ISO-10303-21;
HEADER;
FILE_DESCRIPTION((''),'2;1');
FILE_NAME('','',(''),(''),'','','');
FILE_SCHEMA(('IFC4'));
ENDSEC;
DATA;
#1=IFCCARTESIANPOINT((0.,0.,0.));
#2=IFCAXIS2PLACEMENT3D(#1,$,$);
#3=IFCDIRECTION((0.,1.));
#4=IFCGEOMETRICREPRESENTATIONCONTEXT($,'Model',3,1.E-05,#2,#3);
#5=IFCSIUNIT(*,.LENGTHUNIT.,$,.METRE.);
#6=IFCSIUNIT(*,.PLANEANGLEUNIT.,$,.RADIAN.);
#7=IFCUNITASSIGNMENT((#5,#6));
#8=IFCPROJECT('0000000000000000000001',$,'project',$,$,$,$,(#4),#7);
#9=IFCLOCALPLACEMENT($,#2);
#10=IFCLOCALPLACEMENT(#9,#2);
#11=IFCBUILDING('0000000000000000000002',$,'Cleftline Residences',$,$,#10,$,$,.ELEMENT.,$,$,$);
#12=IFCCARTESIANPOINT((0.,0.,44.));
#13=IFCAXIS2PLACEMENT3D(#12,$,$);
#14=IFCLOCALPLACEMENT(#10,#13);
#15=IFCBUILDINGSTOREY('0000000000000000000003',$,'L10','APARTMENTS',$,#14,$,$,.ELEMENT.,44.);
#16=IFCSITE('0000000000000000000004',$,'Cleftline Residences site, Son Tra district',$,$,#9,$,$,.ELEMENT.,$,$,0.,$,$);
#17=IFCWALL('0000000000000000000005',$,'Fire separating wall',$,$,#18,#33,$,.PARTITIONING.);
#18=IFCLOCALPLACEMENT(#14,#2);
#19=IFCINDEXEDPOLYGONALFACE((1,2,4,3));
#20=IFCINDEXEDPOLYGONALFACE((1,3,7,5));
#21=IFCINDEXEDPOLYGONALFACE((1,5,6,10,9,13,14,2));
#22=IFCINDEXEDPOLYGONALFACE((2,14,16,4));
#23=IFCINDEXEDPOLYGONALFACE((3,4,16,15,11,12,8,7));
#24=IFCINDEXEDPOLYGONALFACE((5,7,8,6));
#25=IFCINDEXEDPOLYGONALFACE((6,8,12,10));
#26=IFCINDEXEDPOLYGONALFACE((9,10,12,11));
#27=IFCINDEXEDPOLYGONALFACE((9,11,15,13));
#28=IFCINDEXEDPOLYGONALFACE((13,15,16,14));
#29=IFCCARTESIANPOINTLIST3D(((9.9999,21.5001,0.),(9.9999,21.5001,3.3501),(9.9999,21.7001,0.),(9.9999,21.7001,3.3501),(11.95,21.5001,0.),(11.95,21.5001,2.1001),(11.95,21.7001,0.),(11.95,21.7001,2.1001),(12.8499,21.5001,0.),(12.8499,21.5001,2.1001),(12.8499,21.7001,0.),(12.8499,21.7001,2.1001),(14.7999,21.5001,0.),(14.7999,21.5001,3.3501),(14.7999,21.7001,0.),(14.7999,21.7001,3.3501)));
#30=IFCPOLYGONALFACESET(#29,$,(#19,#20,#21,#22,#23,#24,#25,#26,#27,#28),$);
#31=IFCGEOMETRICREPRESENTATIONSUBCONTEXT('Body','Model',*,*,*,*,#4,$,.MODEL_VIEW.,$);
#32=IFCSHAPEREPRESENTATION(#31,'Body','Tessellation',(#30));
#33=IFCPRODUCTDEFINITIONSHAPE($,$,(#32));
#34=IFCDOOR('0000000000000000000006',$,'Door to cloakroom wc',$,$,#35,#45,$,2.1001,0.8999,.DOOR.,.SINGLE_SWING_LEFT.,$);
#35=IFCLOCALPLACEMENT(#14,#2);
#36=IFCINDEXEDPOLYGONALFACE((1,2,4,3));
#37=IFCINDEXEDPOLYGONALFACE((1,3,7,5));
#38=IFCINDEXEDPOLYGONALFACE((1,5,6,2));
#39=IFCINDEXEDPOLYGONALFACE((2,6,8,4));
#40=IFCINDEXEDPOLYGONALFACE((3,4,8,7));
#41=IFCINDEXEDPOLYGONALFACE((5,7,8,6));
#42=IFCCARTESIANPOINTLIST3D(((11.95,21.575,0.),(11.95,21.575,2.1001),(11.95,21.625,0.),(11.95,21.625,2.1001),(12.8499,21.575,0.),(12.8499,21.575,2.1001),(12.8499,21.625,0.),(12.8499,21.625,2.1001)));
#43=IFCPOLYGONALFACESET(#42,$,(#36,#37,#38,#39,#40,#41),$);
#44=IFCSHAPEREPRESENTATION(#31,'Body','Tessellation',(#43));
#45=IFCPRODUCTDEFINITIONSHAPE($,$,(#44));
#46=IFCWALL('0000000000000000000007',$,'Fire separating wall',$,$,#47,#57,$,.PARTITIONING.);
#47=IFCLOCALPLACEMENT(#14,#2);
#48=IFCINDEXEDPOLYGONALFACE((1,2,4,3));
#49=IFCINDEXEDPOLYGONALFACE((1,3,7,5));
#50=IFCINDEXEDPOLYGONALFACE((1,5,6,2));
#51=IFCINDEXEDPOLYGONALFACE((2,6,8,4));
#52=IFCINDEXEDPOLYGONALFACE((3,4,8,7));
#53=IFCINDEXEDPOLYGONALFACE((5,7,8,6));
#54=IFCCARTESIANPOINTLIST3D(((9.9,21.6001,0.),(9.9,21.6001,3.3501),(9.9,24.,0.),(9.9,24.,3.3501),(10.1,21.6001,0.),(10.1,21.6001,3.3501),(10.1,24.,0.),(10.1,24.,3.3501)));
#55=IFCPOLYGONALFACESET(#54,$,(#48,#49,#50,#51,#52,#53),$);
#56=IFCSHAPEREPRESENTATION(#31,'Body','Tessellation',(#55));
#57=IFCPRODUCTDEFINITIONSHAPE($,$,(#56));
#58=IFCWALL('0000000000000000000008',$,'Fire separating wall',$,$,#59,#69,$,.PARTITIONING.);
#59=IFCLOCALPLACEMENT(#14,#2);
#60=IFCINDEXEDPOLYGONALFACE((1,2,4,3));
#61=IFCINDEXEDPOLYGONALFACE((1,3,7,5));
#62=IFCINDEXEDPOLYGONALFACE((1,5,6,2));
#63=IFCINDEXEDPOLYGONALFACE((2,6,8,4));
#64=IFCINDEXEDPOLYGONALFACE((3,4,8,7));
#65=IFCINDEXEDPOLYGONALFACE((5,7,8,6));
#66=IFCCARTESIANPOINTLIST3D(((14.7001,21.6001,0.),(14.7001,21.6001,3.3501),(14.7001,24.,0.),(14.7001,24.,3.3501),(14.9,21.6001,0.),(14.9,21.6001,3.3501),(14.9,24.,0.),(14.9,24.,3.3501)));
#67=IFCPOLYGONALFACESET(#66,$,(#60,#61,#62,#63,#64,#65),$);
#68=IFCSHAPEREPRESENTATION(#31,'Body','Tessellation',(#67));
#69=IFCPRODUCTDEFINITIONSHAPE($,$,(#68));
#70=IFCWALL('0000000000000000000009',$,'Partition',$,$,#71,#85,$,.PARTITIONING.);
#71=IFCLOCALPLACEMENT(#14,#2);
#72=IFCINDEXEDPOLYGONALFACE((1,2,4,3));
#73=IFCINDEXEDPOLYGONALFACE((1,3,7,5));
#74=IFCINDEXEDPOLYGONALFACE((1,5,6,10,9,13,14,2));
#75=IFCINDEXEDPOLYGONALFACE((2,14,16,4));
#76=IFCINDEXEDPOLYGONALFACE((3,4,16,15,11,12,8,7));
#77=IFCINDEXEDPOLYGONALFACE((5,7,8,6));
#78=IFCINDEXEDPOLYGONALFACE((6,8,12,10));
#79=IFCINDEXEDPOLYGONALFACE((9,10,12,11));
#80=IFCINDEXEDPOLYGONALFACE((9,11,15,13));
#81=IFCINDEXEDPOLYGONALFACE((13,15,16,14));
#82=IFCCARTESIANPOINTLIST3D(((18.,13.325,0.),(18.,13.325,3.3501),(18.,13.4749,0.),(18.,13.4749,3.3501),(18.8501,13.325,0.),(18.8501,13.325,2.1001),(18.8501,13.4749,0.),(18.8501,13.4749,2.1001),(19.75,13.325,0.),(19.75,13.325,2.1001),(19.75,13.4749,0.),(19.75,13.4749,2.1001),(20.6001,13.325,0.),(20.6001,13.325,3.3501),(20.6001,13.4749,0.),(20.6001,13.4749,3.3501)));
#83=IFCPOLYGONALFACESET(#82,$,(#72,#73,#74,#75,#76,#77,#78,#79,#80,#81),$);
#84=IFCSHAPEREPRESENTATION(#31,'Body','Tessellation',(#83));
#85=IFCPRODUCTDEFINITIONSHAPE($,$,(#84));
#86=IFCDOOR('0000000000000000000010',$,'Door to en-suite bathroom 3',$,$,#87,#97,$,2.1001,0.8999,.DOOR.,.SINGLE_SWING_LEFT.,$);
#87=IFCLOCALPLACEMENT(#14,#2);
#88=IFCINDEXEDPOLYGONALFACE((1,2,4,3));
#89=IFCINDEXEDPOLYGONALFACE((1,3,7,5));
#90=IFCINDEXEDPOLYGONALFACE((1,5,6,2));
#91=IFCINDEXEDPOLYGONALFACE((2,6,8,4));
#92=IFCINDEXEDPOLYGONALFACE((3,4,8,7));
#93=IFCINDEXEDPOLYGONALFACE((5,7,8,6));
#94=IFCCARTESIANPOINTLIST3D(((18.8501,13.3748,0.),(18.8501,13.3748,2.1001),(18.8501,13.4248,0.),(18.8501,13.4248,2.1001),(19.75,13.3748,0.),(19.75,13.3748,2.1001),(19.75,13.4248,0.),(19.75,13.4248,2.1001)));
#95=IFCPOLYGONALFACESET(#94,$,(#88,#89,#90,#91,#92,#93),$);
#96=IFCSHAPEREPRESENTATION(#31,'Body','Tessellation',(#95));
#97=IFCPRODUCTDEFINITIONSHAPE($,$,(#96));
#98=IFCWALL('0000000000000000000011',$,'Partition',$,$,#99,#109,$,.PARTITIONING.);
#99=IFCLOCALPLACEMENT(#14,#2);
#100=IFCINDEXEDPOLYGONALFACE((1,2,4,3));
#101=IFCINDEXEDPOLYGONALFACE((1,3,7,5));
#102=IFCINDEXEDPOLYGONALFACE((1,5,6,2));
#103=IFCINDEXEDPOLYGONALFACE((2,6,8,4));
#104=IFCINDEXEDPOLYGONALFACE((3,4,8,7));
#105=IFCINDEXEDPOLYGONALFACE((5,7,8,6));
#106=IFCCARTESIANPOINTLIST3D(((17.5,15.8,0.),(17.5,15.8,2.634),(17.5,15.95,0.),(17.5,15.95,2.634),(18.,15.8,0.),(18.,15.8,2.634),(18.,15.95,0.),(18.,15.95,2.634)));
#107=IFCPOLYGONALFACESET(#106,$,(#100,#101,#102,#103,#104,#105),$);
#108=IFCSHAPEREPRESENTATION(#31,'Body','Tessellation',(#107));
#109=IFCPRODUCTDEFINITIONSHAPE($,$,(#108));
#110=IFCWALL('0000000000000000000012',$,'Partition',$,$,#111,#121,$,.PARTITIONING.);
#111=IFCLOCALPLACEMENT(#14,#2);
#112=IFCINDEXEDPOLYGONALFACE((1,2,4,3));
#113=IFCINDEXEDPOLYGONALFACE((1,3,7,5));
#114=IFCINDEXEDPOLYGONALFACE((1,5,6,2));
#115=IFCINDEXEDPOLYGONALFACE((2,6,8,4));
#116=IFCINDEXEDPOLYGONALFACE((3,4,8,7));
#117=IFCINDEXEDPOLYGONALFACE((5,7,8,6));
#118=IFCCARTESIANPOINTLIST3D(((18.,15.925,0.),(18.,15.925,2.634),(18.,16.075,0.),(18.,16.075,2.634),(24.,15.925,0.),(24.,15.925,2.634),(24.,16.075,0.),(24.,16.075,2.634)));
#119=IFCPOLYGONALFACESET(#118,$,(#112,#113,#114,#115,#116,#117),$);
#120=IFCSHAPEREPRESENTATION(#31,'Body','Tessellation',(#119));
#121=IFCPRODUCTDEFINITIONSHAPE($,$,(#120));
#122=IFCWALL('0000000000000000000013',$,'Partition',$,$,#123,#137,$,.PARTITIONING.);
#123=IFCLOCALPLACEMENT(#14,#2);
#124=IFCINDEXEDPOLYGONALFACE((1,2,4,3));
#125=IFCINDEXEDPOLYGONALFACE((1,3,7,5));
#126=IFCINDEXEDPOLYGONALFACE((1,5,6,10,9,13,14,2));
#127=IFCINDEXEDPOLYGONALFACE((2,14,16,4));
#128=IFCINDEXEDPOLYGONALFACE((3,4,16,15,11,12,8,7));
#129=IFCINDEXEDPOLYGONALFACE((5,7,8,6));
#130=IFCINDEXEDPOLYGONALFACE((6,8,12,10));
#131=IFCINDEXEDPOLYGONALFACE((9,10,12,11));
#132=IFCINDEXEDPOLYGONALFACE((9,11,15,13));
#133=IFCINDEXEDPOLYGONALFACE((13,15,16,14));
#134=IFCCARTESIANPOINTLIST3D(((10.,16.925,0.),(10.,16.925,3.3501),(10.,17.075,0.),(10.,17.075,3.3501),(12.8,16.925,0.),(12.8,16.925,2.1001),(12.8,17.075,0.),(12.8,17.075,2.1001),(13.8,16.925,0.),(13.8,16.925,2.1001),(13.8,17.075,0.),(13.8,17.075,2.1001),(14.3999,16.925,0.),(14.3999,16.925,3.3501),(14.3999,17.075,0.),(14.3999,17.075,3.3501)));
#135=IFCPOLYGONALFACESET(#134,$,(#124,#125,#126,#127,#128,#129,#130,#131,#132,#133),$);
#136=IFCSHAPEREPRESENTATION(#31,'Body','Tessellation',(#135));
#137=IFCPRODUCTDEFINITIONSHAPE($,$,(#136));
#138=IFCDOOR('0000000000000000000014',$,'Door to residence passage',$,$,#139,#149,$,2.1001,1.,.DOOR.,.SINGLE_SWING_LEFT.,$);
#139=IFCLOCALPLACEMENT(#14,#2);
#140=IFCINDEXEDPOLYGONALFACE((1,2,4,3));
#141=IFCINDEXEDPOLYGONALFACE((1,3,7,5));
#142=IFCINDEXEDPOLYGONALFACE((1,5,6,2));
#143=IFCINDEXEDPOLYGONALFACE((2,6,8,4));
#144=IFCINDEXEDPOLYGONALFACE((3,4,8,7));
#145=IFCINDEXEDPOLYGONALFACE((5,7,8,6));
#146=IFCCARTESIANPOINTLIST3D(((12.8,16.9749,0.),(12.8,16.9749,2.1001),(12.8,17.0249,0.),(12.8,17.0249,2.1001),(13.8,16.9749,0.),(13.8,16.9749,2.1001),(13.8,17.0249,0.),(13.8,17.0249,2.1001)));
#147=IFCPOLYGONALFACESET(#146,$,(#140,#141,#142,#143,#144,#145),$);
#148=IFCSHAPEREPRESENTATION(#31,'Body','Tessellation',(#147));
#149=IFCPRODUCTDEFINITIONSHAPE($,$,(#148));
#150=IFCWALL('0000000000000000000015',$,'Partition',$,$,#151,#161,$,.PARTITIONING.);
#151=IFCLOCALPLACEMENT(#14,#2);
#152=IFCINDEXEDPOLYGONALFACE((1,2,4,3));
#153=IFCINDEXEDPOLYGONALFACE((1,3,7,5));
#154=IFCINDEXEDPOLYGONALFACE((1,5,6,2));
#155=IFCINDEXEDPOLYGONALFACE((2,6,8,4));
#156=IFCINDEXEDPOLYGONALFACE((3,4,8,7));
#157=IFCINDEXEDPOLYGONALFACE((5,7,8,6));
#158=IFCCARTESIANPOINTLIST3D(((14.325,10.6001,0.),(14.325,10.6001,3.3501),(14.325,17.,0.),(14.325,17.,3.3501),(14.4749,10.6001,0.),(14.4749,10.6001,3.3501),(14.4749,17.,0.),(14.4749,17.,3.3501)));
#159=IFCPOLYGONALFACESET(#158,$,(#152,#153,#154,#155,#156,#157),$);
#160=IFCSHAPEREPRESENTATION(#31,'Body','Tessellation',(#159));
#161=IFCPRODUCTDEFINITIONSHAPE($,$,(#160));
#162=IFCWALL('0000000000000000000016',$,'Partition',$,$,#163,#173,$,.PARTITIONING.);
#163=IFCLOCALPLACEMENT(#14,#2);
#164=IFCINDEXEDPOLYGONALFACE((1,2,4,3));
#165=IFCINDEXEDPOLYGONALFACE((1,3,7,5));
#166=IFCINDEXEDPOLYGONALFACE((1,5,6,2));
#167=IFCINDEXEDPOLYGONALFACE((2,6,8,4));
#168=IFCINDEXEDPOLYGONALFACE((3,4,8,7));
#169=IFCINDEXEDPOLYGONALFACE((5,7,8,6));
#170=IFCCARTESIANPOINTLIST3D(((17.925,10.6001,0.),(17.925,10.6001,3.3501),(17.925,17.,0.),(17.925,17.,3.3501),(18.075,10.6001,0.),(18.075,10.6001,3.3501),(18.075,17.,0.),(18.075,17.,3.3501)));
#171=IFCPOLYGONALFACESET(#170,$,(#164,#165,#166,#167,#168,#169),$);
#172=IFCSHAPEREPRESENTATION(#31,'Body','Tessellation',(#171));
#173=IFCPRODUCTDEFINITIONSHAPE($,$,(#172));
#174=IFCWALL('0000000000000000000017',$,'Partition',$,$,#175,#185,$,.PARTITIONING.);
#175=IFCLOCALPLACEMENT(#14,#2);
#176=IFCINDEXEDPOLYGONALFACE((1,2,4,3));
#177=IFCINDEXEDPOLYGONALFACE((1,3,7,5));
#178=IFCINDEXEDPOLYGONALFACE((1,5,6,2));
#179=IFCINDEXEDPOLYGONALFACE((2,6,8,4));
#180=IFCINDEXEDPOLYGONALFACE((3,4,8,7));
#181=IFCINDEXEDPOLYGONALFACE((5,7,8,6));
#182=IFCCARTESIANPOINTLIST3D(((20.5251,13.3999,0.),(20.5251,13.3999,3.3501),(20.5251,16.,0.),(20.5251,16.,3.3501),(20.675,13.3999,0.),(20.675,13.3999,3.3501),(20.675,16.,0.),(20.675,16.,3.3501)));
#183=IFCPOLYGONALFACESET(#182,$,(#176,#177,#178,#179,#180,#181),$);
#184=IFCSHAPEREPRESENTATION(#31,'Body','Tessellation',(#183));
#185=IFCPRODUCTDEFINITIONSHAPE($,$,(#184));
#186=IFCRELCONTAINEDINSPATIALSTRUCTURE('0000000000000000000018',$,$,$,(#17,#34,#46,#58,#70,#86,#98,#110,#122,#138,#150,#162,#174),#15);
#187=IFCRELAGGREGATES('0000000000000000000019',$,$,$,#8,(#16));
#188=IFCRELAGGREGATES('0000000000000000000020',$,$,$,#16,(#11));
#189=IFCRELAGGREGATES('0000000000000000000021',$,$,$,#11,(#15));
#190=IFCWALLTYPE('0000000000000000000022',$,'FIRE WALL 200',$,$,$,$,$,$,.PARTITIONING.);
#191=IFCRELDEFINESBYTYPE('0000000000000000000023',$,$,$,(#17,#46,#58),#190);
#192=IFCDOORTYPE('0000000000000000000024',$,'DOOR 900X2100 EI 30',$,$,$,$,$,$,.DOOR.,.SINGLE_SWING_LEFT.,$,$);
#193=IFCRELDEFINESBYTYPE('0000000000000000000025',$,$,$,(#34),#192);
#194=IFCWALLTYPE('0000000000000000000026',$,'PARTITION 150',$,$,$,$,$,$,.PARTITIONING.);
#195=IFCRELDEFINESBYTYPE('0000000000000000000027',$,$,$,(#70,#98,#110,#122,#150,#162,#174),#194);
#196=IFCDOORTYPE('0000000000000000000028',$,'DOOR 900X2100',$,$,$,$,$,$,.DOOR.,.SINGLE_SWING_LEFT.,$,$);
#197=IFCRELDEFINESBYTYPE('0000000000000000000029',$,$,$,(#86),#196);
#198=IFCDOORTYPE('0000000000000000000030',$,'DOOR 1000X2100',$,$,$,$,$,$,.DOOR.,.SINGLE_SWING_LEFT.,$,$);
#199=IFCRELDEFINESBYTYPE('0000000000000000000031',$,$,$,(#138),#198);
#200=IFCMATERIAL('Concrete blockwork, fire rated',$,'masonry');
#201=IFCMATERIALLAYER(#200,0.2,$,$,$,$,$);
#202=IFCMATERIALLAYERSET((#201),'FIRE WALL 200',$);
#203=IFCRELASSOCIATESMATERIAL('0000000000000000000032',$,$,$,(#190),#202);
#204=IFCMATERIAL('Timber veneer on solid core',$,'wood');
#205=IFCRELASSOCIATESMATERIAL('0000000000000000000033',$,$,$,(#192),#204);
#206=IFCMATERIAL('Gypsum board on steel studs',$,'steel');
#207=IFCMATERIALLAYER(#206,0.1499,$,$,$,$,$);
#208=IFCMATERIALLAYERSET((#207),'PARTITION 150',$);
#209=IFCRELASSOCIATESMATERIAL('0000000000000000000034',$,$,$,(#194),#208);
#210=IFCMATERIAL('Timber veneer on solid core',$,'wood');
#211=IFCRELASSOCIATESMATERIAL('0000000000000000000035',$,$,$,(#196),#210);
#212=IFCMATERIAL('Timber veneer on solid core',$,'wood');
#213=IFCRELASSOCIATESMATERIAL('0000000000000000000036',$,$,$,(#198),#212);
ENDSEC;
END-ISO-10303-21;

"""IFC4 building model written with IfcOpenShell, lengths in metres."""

from ifc_helpers import new_model, si_unit, direction, frame, frame_2d, origin, place, context, subcontext, project, spatial, rectangle, extrude, material, layer, layer_set, type_object, element, fill, save


model = new_model("IFC4")

# Units and contexts
model_context = context("Model", 3, precision=1e-05, world=origin(), true_north=direction((0.0, 1.0)))
body_context = subcontext(model_context, "Body", "Model", "MODEL_VIEW")
ifc_project = project(units=[si_unit("LENGTHUNIT", "METRE"), si_unit("PLANEANGLEUNIT", "RADIAN")], contexts=[model_context])

# Site, building, storey
site_placement = place(None, origin())
site = spatial("IfcSite", under=ifc_project, at=site_placement, Name="Cleftline Residences site, Son Tra district", CompositionType="ELEMENT", RefElevation=0.0)
building_placement = place(site_placement, origin())
building = spatial("IfcBuilding", under=site, at=building_placement, Name="Cleftline Residences", CompositionType="ELEMENT")
storey_placement = place(building_placement, frame((0.0, 0.0, 44.0)))
storey = spatial("IfcBuildingStorey", under=building, at=storey_placement, Name="L10", Description="APARTMENTS", CompositionType="ELEMENT", Elevation=44.0)

# Shared definitions
ifc_material_1 = material(Name="Concrete blockwork, fire rated", Category="masonry")
ifc_layer_1 = layer(ifc_material_1, 0.2)
ifc_layer_set_1 = layer_set([ifc_layer_1], Name="FIRE WALL 200")
wall_type_1 = type_object("IfcWallType", Name="FIRE WALL 200", PredefinedType="PARTITIONING", material=ifc_layer_set_1)

# Wall, opening, door
wall_1_placement = place(storey_placement, frame((10.0, 21.6001, 0.0), z_axis=(0.0, 0.0, 1.0), x_axis=(1.0, 0.0, 0.0)))
wall_1 = element("IfcWall", 1, at=wall_1_placement, inside=storey, type_object=wall_type_1, Name="Fire separating wall", PredefinedType="PARTITIONING", context=body_context, shape_type="SweptSolid", body=[
    extrude(rectangle(XDim=4.8, YDim=0.2, at=frame_2d((2.3999, 0.0))), origin(), (0.0, 0.0, 1.0), 3.3501),
])
opening_1_placement = place(wall_1_placement, frame((1.95, 0.0, 0.0)))
opening_1 = element("IfcOpeningElement", 2, at=opening_1_placement, cuts=wall_1, PredefinedType="OPENING", context=body_context, shape_type="SweptSolid", body=[
    extrude(rectangle(XDim=0.8999, YDim=2.1001, at=frame_2d((0.45, 1.05))), frame((0.0, 0.1099, 0.0), z_axis=(0.0, -1.0, 0.0), x_axis=(1.0, 0.0, 0.0)), (0.0, 0.0, 1.0), 0.22),
])
ifc_material_2 = material(Name="Timber veneer on solid core", Category="wood")
door_type_1 = type_object("IfcDoorType", Name="DOOR 900X2100 EI 30", OperationType="SINGLE_SWING_LEFT", PredefinedType="DOOR", material=ifc_material_2)
door_1_placement = place(opening_1_placement, origin())
door_1 = element("IfcDoor", 3, at=door_1_placement, inside=storey, type_object=door_type_1, Name="Door to cloakroom wc", OperationType="SINGLE_SWING_LEFT", OverallHeight=2.1001, OverallWidth=0.8999, PredefinedType="DOOR", context=body_context, shape_type="SweptSolid", body=[
    extrude(rectangle(XDim=0.8999, YDim=2.1001, at=frame_2d((0.45, 1.05))), frame((0.0, 0.0249, 0.0), z_axis=(0.0, -1.0, 0.0), x_axis=(1.0, 0.0, 0.0)), (0.0, 0.0, 1.0), 0.05),
])
fill(opening_1, door_1)

# Walls
for number, where, z_axis, x_axis, name in (
    (4, (10.0, 21.6001, 0.0), (0.0, 0.0, 1.0), (0.0, 1.0, 0.0), "Fire separating wall"),
    (5, (14.8, 21.6001, 0.0), (0.0, 0.0, 1.0), (0.0, 1.0, 0.0), "Fire separating wall"),
):
    element("IfcWall", number, at=place(storey_placement, frame(where, z_axis=z_axis, x_axis=x_axis)), inside=storey, type_object=wall_type_1, Name=name, PredefinedType="PARTITIONING", context=body_context, shape_type="SweptSolid", body=[
        extrude(rectangle(XDim=2.3999, YDim=0.2, at=frame_2d((1.2, 0.0))), origin(), (0.0, 0.0, 1.0), 3.3501),
    ])

# Wall, opening, door
ifc_material_3 = material(Name="Gypsum board on steel studs", Category="steel")
ifc_layer_2 = layer(ifc_material_3, 0.1499)
ifc_layer_set_2 = layer_set([ifc_layer_2], Name="PARTITION 150")
wall_type_2 = type_object("IfcWallType", Name="PARTITION 150", PredefinedType="PARTITIONING", material=ifc_layer_set_2)
wall_2_placement = place(storey_placement, frame((18.0, 13.3999, 0.0), z_axis=(0.0, 0.0, 1.0), x_axis=(1.0, 0.0, 0.0)))
wall_2 = element("IfcWall", 6, at=wall_2_placement, inside=storey, type_object=wall_type_2, Name="Partition", PredefinedType="PARTITIONING", context=body_context, shape_type="SweptSolid", body=[
    extrude(rectangle(XDim=2.6001, YDim=0.1499, at=frame_2d((1.3, 0.0))), origin(), (0.0, 0.0, 1.0), 3.3501),
])
opening_2_placement = place(wall_2_placement, frame((0.8501, 0.0, 0.0)))
opening_2 = element("IfcOpeningElement", 7, at=opening_2_placement, cuts=wall_2, PredefinedType="OPENING", context=body_context, shape_type="SweptSolid", body=[
    extrude(rectangle(XDim=0.8999, YDim=2.1001, at=frame_2d((0.45, 1.05))), frame((0.0, 0.085, 0.0), z_axis=(0.0, -1.0, 0.0), x_axis=(1.0, 0.0, 0.0)), (0.0, 0.0, 1.0), 0.1699),
])
ifc_material_4 = material(Name="Timber veneer on solid core", Category="wood")
door_type_2 = type_object("IfcDoorType", Name="DOOR 900X2100", OperationType="SINGLE_SWING_LEFT", PredefinedType="DOOR", material=ifc_material_4)
door_2_placement = place(opening_2_placement, origin())
door_2 = element("IfcDoor", 8, at=door_2_placement, inside=storey, type_object=door_type_2, Name="Door to en-suite bathroom 3", OperationType="SINGLE_SWING_LEFT", OverallHeight=2.1001, OverallWidth=0.8999, PredefinedType="DOOR", context=body_context, shape_type="SweptSolid", body=[
    extrude(rectangle(XDim=0.8999, YDim=2.1001, at=frame_2d((0.45, 1.05))), frame((0.0, 0.0249, 0.0), z_axis=(0.0, -1.0, 0.0), x_axis=(1.0, 0.0, 0.0)), (0.0, 0.0, 1.0), 0.05),
])
fill(opening_2, door_2)

# Walls
wall_3_placement = place(storey_placement, frame((17.5, 15.875, 0.0), z_axis=(0.0, 0.0, 1.0), x_axis=(1.0, 0.0, 0.0)))
element("IfcWall", 9, at=wall_3_placement, inside=storey, type_object=wall_type_2, Name="Partition", PredefinedType="PARTITIONING", context=body_context, shape_type="SweptSolid", body=[
    extrude(rectangle(XDim=0.5, YDim=0.1499, at=frame_2d((0.25, 0.0))), origin(), (0.0, 0.0, 1.0), 2.634),
])
wall_4_placement = place(storey_placement, frame((18.0, 16.0, 0.0), z_axis=(0.0, 0.0, 1.0), x_axis=(1.0, 0.0, 0.0)))
element("IfcWall", 10, at=wall_4_placement, inside=storey, type_object=wall_type_2, Name="Partition", PredefinedType="PARTITIONING", context=body_context, shape_type="SweptSolid", body=[
    extrude(rectangle(XDim=6.0, YDim=0.1499, at=frame_2d((3.0, 0.0))), origin(), (0.0, 0.0, 1.0), 2.634),
])

# Wall, opening, door
wall_5_placement = place(storey_placement, frame((10.0, 17.0, 0.0), z_axis=(0.0, 0.0, 1.0), x_axis=(1.0, 0.0, 0.0)))
wall_5 = element("IfcWall", 11, at=wall_5_placement, inside=storey, type_object=wall_type_2, Name="Partition", PredefinedType="PARTITIONING", context=body_context, shape_type="SweptSolid", body=[
    extrude(rectangle(XDim=4.3999, YDim=0.1499, at=frame_2d((2.2, 0.0))), origin(), (0.0, 0.0, 1.0), 3.3501),
])
opening_3_placement = place(wall_5_placement, frame((2.8, 0.0, 0.0)))
opening_3 = element("IfcOpeningElement", 12, at=opening_3_placement, cuts=wall_5, PredefinedType="OPENING", context=body_context, shape_type="SweptSolid", body=[
    extrude(rectangle(XDim=1.0, YDim=2.1001, at=frame_2d((0.5, 1.05))), frame((0.0, 0.085, 0.0), z_axis=(0.0, -1.0, 0.0), x_axis=(1.0, 0.0, 0.0)), (0.0, 0.0, 1.0), 0.1699),
])
ifc_material_5 = material(Name="Timber veneer on solid core", Category="wood")
door_type_3 = type_object("IfcDoorType", Name="DOOR 1000X2100", OperationType="SINGLE_SWING_LEFT", PredefinedType="DOOR", material=ifc_material_5)
door_3_placement = place(opening_3_placement, origin())
door_3 = element("IfcDoor", 13, at=door_3_placement, inside=storey, type_object=door_type_3, Name="Door to residence passage", OperationType="SINGLE_SWING_LEFT", OverallHeight=2.1001, OverallWidth=1.0, PredefinedType="DOOR", context=body_context, shape_type="SweptSolid", body=[
    extrude(rectangle(XDim=1.0, YDim=2.1001, at=frame_2d((0.5, 1.05))), frame((0.0, 0.0249, 0.0), z_axis=(0.0, -1.0, 0.0), x_axis=(1.0, 0.0, 0.0)), (0.0, 0.0, 1.0), 0.05),
])
fill(opening_3, door_3)

# Walls
for number, where, z_axis, x_axis, name in (
    (14, (14.3999, 10.6001, 0.0), (0.0, 0.0, 1.0), (0.0, 1.0, 0.0), "Partition"),
    (15, (18.0, 10.6001, 0.0), (0.0, 0.0, 1.0), (0.0, 1.0, 0.0), "Partition"),
):
    element("IfcWall", number, at=place(storey_placement, frame(where, z_axis=z_axis, x_axis=x_axis)), inside=storey, type_object=wall_type_2, Name=name, PredefinedType="PARTITIONING", context=body_context, shape_type="SweptSolid", body=[
        extrude(rectangle(XDim=6.3999, YDim=0.1499, at=frame_2d((3.2, 0.0))), origin(), (0.0, 0.0, 1.0), 3.3501),
    ])
wall_6_placement = place(storey_placement, frame((20.6001, 13.3999, 0.0), z_axis=(0.0, 0.0, 1.0), x_axis=(0.0, 1.0, 0.0)))
element("IfcWall", 16, at=wall_6_placement, inside=storey, type_object=wall_type_2, Name="Partition", PredefinedType="PARTITIONING", context=body_context, shape_type="SweptSolid", body=[
    extrude(rectangle(XDim=2.6001, YDim=0.1499, at=frame_2d((1.3, 0.0))), origin(), (0.0, 0.0, 1.0), 3.3501),
])

save(model, "model.ifc")
